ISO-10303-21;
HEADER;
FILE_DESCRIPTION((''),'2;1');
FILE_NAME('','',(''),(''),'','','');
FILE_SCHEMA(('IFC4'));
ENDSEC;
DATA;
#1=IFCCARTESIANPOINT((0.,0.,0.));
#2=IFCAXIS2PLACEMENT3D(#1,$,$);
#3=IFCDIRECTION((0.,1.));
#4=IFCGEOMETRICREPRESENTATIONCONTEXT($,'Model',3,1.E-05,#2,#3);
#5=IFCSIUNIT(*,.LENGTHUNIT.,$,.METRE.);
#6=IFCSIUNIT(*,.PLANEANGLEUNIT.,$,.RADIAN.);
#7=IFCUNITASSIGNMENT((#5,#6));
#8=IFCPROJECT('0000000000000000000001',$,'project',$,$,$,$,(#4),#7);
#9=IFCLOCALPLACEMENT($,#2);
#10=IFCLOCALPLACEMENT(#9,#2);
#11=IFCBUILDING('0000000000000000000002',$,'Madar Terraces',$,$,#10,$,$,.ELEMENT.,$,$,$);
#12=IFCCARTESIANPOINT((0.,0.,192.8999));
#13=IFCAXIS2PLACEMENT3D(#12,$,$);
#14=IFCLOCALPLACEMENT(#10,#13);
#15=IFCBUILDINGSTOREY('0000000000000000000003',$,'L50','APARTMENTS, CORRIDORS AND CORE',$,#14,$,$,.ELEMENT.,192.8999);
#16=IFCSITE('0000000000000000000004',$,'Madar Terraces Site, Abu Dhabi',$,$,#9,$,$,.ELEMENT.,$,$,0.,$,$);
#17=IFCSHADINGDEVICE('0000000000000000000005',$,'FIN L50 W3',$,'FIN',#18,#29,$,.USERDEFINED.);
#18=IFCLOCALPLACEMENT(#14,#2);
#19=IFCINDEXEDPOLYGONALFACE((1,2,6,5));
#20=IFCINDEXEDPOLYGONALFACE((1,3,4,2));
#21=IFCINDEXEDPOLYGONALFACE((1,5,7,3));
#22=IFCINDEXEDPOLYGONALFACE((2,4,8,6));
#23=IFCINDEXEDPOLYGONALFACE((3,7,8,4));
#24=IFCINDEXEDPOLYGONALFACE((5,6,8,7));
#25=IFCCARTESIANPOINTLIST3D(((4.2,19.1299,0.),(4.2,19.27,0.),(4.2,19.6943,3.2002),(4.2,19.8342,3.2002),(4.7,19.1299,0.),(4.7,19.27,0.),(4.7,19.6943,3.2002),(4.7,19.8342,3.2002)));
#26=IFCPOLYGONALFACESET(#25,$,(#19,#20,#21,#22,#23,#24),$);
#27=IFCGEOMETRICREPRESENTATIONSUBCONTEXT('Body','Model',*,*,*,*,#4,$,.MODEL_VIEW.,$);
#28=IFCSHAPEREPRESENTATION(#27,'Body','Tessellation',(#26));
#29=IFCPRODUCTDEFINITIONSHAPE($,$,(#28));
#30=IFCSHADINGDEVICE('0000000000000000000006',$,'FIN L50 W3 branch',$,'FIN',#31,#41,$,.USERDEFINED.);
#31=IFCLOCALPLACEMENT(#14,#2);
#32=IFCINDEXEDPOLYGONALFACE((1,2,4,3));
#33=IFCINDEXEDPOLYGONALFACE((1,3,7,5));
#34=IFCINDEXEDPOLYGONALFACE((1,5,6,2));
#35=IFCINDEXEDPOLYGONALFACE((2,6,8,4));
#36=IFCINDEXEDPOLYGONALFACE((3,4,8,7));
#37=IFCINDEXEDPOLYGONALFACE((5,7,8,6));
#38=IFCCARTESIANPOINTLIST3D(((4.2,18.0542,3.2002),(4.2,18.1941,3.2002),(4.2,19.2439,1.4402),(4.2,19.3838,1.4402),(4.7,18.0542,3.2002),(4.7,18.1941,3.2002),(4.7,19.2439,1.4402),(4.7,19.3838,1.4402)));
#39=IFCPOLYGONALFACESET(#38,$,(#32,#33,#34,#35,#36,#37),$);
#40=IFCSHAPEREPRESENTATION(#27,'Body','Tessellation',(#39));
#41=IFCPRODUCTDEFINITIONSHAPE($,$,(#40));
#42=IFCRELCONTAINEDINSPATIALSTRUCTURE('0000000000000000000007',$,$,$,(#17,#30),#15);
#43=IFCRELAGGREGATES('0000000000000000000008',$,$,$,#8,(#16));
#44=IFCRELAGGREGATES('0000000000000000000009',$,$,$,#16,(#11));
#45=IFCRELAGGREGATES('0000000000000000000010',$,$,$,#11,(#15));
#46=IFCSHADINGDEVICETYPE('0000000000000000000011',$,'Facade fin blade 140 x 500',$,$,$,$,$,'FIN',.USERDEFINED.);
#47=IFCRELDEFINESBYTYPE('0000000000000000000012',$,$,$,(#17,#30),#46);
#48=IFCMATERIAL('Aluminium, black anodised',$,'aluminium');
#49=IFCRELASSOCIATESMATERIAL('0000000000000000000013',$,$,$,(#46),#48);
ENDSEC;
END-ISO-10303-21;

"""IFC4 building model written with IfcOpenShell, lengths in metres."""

from ifc_helpers import new_model, si_unit, direction, frame, origin, place, context, subcontext, project, spatial, polyline, outline, extrude, material, type_object, element, save


model = new_model("IFC4")

# Units and contexts
model_context = context("Model", 3, precision=1e-05, world=origin(), true_north=direction((0.0, 1.0)))
body_context = subcontext(model_context, "Body", "Model", "MODEL_VIEW")
ifc_project = project(units=[si_unit("LENGTHUNIT", "METRE"), si_unit("PLANEANGLEUNIT", "RADIAN")], contexts=[model_context])

# Site, building, storey
site_placement = place(None, origin())
site = spatial("IfcSite", under=ifc_project, at=site_placement, Name="Madar Terraces Site, Abu Dhabi", CompositionType="ELEMENT", RefElevation=0.0)
building_placement = place(site_placement, origin())
building = spatial("IfcBuilding", under=site, at=building_placement, Name="Madar Terraces", CompositionType="ELEMENT")
storey_placement = place(building_placement, frame((0.0, 0.0, 192.8999)))
storey = spatial("IfcBuildingStorey", under=building, at=storey_placement, Name="L50", Description="APARTMENTS, CORRIDORS AND CORE", CompositionType="ELEMENT", Elevation=192.8999)

# Shading devices
ifc_material_1 = material(Name="Aluminium, black anodised", Category="aluminium")
shading_device_type = type_object("IfcShadingDeviceType", Name="Facade fin blade 140 x 500", ElementType="FIN", PredefinedType="USERDEFINED", material=ifc_material_1)
shading_device_1_placement = place(storey_placement, frame((4.45, 19.27, 0.0), z_axis=(0.0, 0.0, 1.0), x_axis=(0.0, -1.0, 0.0)))
element("IfcShadingDevice", 1, at=shading_device_1_placement, inside=storey, type_object=shading_device_type, Name="FIN L50 W3", ObjectType="FIN", PredefinedType="USERDEFINED", context=body_context, shape_type="SweptSolid", body=[
    extrude(outline(polyline([(0.0, 0.0), (0.1401, 0.0), (-0.4243, 3.2002), (-0.5642, 3.2002), (0.0, 0.0)])), frame((0.0, 0.25, 0.0), z_axis=(0.0, -1.0, 0.0), x_axis=(1.0, 0.0, 0.0)), (0.0, 0.0, 1.0), 0.5),
])
shading_device_2_placement = place(storey_placement, frame((4.45, 19.3838, 1.4402), z_axis=(0.0, 0.0, 1.0), x_axis=(0.0, -1.0, 0.0)))
element("IfcShadingDevice", 2, at=shading_device_2_placement, inside=storey, type_object=shading_device_type, Name="FIN L50 W3 branch", ObjectType="FIN", PredefinedType="USERDEFINED", context=body_context, shape_type="SweptSolid", body=[
    extrude(outline(polyline([(0.0, 0.0), (0.1399, 0.0), (1.3296, 1.76), (1.1897, 1.76), (0.0, 0.0)])), frame((0.0, 0.25, 0.0), z_axis=(0.0, -1.0, 0.0), x_axis=(1.0, 0.0, 0.0)), (0.0, 0.0, 1.0), 0.5),
])

save(model, "model.ifc")
